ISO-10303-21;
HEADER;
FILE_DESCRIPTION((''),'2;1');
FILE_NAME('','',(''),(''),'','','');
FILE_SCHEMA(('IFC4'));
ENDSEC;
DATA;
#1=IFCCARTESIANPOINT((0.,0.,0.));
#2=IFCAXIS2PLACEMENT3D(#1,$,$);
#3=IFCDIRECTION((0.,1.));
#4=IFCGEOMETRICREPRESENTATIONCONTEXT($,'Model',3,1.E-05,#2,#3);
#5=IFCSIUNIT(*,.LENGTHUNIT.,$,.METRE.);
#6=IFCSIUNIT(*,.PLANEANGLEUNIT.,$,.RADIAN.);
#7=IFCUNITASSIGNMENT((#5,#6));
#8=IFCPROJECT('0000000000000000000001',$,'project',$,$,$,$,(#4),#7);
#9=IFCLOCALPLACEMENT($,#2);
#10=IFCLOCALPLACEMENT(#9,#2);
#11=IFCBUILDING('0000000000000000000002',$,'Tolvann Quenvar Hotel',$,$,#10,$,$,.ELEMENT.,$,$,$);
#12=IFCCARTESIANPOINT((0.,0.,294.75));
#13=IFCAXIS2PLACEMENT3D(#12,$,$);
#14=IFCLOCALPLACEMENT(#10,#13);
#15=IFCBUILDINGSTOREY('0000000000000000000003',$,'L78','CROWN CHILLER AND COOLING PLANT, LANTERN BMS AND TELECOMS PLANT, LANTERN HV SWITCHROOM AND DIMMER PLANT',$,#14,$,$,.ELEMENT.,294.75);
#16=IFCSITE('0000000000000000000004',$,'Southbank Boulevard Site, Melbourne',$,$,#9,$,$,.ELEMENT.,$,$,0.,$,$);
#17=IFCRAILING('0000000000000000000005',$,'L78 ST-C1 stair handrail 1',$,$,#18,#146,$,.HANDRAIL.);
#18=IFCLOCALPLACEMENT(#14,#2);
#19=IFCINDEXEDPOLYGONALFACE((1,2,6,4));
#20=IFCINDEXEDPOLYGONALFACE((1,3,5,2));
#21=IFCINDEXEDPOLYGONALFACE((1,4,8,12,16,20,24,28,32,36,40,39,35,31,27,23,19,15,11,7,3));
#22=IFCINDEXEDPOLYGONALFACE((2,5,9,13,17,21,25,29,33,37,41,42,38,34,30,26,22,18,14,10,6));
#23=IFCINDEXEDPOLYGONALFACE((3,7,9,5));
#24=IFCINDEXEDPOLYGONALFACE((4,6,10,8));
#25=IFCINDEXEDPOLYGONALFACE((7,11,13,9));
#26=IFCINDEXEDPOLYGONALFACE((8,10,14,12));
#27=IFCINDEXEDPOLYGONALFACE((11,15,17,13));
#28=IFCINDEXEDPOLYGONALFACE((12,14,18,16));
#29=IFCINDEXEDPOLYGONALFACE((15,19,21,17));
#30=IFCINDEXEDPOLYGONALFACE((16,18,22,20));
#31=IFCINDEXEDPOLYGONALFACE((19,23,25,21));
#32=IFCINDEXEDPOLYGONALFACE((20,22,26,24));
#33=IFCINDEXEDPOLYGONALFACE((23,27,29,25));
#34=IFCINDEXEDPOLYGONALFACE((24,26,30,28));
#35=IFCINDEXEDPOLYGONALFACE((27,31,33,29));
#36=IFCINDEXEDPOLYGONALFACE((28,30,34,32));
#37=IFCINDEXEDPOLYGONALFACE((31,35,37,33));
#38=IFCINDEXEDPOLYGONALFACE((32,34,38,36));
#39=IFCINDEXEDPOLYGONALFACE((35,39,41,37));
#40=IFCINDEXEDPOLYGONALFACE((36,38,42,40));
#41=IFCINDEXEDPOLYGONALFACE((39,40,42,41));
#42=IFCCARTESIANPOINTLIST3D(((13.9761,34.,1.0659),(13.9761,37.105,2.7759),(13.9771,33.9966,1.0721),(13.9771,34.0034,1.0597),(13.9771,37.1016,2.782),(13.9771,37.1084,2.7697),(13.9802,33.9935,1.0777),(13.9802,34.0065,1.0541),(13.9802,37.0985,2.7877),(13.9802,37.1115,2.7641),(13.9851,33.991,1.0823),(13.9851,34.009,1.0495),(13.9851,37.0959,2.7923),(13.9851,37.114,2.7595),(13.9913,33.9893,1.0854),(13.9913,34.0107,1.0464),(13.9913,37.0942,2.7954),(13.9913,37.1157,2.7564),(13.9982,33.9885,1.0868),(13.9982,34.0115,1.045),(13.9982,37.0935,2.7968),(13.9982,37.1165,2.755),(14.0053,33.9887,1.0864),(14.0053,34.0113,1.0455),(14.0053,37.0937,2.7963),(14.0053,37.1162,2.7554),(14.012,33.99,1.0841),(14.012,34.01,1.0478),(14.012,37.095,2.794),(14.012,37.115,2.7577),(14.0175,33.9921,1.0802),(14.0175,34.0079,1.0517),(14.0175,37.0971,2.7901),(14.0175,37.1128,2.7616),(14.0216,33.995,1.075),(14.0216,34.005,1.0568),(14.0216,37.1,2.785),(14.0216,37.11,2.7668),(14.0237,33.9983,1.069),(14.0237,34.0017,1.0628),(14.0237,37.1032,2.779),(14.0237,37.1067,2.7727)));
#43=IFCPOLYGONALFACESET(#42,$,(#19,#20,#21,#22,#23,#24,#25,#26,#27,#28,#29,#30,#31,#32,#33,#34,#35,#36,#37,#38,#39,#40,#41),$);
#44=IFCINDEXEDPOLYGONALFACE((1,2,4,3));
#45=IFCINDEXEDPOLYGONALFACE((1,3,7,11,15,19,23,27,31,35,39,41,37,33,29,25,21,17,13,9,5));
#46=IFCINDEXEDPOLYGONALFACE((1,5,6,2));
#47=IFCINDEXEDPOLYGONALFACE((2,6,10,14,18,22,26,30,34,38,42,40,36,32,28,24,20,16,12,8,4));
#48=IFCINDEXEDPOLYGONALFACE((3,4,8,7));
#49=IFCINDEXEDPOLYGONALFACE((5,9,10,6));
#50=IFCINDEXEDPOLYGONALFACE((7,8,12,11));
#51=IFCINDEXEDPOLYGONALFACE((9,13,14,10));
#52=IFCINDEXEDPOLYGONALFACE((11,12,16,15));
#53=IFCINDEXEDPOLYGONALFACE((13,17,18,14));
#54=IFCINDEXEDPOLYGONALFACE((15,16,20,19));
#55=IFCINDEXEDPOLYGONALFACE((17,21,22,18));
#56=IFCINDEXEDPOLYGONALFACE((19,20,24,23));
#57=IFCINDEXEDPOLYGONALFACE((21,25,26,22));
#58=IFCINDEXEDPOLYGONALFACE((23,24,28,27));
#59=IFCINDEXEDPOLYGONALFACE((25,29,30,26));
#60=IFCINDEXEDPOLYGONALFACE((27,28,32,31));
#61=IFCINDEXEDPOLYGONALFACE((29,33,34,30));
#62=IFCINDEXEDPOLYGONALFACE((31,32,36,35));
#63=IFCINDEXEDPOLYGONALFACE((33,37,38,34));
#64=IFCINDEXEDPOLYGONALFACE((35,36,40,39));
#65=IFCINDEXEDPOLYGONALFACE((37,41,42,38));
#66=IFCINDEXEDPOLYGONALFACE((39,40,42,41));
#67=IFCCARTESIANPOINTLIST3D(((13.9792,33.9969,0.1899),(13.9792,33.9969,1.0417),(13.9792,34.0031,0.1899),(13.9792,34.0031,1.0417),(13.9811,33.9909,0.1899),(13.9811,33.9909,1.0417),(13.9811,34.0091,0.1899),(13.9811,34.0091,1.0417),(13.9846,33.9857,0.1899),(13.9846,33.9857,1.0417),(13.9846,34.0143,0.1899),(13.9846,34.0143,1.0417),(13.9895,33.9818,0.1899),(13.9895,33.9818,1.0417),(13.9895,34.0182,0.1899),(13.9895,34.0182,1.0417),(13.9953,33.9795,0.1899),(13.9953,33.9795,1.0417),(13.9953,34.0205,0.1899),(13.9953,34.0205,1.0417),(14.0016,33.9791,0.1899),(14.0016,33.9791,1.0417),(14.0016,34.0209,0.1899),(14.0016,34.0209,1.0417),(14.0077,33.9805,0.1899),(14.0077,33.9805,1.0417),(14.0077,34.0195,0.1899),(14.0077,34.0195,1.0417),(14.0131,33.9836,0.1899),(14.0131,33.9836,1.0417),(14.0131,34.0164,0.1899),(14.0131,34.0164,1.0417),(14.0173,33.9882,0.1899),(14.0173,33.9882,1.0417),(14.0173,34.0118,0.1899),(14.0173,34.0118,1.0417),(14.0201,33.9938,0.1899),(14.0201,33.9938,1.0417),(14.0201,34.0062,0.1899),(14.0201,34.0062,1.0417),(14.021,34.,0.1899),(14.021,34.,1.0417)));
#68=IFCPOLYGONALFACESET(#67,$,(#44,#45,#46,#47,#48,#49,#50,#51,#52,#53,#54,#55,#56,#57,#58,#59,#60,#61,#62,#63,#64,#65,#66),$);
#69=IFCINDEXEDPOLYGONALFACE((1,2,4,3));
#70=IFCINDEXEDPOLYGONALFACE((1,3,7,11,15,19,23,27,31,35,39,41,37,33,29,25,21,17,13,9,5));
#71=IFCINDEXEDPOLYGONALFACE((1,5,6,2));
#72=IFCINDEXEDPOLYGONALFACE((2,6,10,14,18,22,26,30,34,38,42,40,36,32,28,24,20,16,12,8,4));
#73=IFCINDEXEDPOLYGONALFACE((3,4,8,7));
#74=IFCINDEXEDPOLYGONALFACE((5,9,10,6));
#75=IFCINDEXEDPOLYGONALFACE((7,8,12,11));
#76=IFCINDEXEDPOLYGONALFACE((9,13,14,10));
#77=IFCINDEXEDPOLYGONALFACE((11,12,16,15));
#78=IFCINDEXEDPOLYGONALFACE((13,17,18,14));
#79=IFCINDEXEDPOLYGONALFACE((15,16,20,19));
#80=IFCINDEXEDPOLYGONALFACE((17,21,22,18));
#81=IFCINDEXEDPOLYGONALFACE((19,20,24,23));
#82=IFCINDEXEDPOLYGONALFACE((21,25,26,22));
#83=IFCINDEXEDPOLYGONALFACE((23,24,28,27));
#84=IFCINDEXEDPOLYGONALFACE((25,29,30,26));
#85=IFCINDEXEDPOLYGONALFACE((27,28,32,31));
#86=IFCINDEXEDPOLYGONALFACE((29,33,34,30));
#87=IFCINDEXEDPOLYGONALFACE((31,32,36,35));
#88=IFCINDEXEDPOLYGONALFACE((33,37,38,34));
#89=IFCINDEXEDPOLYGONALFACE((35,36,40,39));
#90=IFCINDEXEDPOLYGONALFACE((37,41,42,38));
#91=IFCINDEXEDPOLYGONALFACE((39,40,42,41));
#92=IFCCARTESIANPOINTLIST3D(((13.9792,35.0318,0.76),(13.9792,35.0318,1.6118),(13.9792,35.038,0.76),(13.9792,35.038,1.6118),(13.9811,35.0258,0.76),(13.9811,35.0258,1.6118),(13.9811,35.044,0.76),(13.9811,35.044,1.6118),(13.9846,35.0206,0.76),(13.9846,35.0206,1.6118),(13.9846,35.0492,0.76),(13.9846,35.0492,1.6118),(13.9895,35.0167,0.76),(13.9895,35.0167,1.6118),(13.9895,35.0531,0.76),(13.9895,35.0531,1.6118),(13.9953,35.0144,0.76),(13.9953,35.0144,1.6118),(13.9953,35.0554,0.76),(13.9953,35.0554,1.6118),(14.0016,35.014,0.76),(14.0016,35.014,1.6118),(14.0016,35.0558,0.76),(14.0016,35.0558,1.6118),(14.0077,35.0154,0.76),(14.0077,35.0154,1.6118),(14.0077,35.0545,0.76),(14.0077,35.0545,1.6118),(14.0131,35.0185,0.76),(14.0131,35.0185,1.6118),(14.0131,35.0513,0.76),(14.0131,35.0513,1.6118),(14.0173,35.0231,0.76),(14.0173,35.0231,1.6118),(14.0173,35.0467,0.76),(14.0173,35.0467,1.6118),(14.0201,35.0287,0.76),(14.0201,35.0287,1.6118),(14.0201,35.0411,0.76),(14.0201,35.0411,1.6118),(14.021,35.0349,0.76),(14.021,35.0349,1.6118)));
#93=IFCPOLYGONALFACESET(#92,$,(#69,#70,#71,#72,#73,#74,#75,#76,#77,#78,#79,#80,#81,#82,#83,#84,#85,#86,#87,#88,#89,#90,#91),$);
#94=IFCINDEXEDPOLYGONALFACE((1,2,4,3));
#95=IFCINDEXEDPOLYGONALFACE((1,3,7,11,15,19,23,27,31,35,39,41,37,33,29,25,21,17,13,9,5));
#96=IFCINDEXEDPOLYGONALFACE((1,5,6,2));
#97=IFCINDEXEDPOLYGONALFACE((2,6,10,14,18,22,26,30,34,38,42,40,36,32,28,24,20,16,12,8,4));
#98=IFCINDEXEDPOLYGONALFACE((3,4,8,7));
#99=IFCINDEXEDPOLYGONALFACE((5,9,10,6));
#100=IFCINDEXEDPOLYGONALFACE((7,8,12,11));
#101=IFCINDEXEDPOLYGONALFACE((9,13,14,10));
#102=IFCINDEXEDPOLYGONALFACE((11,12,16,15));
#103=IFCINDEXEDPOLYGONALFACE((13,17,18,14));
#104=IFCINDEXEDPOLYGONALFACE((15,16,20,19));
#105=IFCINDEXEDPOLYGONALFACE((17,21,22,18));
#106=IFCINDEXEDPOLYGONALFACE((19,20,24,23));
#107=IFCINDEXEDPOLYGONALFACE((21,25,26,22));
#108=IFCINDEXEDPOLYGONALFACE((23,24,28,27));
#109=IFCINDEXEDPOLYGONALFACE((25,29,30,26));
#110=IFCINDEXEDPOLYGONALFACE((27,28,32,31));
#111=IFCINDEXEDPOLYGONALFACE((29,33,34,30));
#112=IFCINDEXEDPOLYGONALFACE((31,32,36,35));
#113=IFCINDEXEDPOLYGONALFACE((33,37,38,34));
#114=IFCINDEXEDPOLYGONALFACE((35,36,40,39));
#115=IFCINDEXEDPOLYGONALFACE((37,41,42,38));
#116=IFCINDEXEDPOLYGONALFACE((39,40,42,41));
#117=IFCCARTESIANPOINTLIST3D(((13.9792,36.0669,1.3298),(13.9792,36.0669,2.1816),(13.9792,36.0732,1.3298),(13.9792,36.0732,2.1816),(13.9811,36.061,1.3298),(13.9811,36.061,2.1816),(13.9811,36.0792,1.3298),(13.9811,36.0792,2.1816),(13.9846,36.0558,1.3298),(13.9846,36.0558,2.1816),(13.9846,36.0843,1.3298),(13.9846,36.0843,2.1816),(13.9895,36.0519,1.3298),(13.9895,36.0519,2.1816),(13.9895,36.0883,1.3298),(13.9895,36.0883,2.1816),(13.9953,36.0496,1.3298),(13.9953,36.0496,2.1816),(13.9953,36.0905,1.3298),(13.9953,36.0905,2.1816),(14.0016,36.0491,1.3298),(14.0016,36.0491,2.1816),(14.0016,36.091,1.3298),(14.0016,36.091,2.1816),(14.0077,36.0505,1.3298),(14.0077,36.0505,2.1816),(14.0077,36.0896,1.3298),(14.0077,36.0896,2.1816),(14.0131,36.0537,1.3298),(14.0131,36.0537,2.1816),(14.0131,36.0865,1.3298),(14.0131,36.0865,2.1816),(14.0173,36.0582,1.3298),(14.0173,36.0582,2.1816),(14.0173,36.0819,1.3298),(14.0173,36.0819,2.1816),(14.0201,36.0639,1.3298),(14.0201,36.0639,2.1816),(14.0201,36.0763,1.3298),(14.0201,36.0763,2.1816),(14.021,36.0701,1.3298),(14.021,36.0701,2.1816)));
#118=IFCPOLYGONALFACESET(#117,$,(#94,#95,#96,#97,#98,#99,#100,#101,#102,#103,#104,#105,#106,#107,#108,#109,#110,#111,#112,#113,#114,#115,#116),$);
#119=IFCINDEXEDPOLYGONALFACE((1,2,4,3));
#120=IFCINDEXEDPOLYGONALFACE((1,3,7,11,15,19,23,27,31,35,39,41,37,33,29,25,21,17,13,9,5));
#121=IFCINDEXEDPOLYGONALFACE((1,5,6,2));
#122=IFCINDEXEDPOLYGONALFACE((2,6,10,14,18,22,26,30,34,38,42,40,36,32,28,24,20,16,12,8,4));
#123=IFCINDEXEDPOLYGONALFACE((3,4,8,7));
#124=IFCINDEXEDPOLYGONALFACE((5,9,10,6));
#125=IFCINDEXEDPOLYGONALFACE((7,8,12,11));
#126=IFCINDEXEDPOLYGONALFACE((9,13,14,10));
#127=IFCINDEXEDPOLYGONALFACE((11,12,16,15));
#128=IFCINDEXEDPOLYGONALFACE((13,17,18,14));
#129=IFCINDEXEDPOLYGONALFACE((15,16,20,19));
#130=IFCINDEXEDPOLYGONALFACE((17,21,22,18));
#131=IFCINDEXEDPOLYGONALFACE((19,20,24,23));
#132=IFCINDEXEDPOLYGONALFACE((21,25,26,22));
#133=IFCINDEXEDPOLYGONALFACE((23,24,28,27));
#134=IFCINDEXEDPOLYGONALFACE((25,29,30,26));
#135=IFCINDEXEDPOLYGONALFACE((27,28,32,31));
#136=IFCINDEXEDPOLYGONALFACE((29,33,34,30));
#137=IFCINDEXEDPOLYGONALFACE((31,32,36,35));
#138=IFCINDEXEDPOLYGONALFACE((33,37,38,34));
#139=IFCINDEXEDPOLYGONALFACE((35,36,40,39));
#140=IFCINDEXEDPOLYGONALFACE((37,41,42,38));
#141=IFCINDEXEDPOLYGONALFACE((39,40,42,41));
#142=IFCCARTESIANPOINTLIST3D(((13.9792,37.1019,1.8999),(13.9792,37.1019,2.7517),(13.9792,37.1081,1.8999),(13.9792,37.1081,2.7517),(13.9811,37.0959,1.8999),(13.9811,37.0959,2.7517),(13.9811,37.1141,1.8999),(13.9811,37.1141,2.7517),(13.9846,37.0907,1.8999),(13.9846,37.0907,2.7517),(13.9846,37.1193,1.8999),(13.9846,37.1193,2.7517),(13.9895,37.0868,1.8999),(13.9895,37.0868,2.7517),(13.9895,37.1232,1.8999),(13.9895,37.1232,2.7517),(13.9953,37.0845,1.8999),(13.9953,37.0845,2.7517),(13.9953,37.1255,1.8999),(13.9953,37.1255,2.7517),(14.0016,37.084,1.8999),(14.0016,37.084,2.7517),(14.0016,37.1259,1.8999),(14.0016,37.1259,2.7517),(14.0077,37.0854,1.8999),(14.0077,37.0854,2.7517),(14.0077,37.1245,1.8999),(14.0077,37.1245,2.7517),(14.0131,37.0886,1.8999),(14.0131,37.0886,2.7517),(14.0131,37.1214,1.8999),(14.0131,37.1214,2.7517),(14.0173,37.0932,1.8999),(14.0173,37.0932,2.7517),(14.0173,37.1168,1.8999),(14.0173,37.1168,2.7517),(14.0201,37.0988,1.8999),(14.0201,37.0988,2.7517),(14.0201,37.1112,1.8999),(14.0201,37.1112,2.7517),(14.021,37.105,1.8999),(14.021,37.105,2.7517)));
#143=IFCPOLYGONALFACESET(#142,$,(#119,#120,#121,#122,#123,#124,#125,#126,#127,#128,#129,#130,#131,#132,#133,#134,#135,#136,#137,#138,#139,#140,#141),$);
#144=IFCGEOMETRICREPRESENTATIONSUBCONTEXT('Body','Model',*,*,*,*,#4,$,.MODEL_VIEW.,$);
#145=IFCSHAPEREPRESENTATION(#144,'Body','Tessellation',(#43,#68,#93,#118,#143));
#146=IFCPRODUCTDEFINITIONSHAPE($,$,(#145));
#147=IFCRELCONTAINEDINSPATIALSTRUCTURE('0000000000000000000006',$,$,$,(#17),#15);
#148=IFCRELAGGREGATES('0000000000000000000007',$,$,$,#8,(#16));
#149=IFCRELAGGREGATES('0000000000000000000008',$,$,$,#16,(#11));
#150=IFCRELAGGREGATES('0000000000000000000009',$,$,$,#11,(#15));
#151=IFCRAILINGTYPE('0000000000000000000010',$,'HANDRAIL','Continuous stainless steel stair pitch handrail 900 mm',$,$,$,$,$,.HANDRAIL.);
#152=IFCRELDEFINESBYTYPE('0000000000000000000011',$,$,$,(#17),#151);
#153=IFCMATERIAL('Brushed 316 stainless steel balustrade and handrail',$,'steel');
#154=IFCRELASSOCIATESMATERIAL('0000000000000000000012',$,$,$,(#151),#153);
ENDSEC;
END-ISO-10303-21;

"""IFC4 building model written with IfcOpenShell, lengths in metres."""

from ifc_helpers import new_model, si_unit, direction, frame, origin, origin_2d, place, context, subcontext, project, spatial, circle, extrude, material, type_object, element, save


model = new_model("IFC4")

# Units and contexts
model_context = context("Model", 3, precision=1e-05, world=origin(), true_north=direction((0.0, 1.0)))
body_context = subcontext(model_context, "Body", "Model", "MODEL_VIEW")
ifc_project = project(units=[si_unit("LENGTHUNIT", "METRE"), si_unit("PLANEANGLEUNIT", "RADIAN")], contexts=[model_context])

# Site, building, storey
site_placement = place(None, origin())
site = spatial("IfcSite", under=ifc_project, at=site_placement, Name="Southbank Boulevard Site, Melbourne", CompositionType="ELEMENT", RefElevation=0.0)
building_placement = place(site_placement, origin())
building = spatial("IfcBuilding", under=site, at=building_placement, Name="Tolvann Quenvar Hotel", CompositionType="ELEMENT")
storey_placement = place(building_placement, frame((0.0, 0.0, 294.75)))
storey = spatial("IfcBuildingStorey", under=building, at=storey_placement, Name="L78", Description="CROWN CHILLER AND COOLING PLANT, LANTERN BMS AND TELECOMS PLANT, LANTERN HV SWITCHROOM AND DIMMER PLANT", CompositionType="ELEMENT", Elevation=294.75)

# Railing
ifc_material_1 = material(Name="Brushed 316 stainless steel balustrade and handrail", Category="steel")
railing_type_1 = type_object("IfcRailingType", Name="HANDRAIL", Description="Continuous stainless steel stair pitch handrail 900 mm", PredefinedType="HANDRAIL", material=ifc_material_1)
railing_1_placement = place(storey_placement, frame((14.0, 34.0, 0.1899)))
element("IfcRailing", 1, at=railing_1_placement, inside=storey, type_object=railing_type_1, Name="L78 ST-C1 stair handrail 1", PredefinedType="HANDRAIL", context=body_context, shape_type="SweptSolid", body=[
    extrude(circle(Radius=0.0239, at=origin_2d()), frame((0.0, 0.0, 0.876), z_axis=(0.0, 0.875951, 0.4824), x_axis=(-1.0, 0.0, 0.0)), (0.0, 0.0, 1.0), 3.5447),
    extrude(circle(Radius=0.021, at=origin_2d()), origin(), (0.0, 0.0, 1.0), 0.8518),
    extrude(circle(Radius=0.021, at=origin_2d()), frame((0.0, 1.0349, 0.5701)), (0.0, 0.0, 1.0), 0.8518),
    extrude(circle(Radius=0.021, at=origin_2d()), frame((0.0, 2.0701, 1.1399)), (0.0, 0.0, 1.0), 0.8518),
    extrude(circle(Radius=0.021, at=origin_2d()), frame((0.0, 3.105, 1.71)), (0.0, 0.0, 1.0), 0.8518),
])

save(model, "model.ifc")
